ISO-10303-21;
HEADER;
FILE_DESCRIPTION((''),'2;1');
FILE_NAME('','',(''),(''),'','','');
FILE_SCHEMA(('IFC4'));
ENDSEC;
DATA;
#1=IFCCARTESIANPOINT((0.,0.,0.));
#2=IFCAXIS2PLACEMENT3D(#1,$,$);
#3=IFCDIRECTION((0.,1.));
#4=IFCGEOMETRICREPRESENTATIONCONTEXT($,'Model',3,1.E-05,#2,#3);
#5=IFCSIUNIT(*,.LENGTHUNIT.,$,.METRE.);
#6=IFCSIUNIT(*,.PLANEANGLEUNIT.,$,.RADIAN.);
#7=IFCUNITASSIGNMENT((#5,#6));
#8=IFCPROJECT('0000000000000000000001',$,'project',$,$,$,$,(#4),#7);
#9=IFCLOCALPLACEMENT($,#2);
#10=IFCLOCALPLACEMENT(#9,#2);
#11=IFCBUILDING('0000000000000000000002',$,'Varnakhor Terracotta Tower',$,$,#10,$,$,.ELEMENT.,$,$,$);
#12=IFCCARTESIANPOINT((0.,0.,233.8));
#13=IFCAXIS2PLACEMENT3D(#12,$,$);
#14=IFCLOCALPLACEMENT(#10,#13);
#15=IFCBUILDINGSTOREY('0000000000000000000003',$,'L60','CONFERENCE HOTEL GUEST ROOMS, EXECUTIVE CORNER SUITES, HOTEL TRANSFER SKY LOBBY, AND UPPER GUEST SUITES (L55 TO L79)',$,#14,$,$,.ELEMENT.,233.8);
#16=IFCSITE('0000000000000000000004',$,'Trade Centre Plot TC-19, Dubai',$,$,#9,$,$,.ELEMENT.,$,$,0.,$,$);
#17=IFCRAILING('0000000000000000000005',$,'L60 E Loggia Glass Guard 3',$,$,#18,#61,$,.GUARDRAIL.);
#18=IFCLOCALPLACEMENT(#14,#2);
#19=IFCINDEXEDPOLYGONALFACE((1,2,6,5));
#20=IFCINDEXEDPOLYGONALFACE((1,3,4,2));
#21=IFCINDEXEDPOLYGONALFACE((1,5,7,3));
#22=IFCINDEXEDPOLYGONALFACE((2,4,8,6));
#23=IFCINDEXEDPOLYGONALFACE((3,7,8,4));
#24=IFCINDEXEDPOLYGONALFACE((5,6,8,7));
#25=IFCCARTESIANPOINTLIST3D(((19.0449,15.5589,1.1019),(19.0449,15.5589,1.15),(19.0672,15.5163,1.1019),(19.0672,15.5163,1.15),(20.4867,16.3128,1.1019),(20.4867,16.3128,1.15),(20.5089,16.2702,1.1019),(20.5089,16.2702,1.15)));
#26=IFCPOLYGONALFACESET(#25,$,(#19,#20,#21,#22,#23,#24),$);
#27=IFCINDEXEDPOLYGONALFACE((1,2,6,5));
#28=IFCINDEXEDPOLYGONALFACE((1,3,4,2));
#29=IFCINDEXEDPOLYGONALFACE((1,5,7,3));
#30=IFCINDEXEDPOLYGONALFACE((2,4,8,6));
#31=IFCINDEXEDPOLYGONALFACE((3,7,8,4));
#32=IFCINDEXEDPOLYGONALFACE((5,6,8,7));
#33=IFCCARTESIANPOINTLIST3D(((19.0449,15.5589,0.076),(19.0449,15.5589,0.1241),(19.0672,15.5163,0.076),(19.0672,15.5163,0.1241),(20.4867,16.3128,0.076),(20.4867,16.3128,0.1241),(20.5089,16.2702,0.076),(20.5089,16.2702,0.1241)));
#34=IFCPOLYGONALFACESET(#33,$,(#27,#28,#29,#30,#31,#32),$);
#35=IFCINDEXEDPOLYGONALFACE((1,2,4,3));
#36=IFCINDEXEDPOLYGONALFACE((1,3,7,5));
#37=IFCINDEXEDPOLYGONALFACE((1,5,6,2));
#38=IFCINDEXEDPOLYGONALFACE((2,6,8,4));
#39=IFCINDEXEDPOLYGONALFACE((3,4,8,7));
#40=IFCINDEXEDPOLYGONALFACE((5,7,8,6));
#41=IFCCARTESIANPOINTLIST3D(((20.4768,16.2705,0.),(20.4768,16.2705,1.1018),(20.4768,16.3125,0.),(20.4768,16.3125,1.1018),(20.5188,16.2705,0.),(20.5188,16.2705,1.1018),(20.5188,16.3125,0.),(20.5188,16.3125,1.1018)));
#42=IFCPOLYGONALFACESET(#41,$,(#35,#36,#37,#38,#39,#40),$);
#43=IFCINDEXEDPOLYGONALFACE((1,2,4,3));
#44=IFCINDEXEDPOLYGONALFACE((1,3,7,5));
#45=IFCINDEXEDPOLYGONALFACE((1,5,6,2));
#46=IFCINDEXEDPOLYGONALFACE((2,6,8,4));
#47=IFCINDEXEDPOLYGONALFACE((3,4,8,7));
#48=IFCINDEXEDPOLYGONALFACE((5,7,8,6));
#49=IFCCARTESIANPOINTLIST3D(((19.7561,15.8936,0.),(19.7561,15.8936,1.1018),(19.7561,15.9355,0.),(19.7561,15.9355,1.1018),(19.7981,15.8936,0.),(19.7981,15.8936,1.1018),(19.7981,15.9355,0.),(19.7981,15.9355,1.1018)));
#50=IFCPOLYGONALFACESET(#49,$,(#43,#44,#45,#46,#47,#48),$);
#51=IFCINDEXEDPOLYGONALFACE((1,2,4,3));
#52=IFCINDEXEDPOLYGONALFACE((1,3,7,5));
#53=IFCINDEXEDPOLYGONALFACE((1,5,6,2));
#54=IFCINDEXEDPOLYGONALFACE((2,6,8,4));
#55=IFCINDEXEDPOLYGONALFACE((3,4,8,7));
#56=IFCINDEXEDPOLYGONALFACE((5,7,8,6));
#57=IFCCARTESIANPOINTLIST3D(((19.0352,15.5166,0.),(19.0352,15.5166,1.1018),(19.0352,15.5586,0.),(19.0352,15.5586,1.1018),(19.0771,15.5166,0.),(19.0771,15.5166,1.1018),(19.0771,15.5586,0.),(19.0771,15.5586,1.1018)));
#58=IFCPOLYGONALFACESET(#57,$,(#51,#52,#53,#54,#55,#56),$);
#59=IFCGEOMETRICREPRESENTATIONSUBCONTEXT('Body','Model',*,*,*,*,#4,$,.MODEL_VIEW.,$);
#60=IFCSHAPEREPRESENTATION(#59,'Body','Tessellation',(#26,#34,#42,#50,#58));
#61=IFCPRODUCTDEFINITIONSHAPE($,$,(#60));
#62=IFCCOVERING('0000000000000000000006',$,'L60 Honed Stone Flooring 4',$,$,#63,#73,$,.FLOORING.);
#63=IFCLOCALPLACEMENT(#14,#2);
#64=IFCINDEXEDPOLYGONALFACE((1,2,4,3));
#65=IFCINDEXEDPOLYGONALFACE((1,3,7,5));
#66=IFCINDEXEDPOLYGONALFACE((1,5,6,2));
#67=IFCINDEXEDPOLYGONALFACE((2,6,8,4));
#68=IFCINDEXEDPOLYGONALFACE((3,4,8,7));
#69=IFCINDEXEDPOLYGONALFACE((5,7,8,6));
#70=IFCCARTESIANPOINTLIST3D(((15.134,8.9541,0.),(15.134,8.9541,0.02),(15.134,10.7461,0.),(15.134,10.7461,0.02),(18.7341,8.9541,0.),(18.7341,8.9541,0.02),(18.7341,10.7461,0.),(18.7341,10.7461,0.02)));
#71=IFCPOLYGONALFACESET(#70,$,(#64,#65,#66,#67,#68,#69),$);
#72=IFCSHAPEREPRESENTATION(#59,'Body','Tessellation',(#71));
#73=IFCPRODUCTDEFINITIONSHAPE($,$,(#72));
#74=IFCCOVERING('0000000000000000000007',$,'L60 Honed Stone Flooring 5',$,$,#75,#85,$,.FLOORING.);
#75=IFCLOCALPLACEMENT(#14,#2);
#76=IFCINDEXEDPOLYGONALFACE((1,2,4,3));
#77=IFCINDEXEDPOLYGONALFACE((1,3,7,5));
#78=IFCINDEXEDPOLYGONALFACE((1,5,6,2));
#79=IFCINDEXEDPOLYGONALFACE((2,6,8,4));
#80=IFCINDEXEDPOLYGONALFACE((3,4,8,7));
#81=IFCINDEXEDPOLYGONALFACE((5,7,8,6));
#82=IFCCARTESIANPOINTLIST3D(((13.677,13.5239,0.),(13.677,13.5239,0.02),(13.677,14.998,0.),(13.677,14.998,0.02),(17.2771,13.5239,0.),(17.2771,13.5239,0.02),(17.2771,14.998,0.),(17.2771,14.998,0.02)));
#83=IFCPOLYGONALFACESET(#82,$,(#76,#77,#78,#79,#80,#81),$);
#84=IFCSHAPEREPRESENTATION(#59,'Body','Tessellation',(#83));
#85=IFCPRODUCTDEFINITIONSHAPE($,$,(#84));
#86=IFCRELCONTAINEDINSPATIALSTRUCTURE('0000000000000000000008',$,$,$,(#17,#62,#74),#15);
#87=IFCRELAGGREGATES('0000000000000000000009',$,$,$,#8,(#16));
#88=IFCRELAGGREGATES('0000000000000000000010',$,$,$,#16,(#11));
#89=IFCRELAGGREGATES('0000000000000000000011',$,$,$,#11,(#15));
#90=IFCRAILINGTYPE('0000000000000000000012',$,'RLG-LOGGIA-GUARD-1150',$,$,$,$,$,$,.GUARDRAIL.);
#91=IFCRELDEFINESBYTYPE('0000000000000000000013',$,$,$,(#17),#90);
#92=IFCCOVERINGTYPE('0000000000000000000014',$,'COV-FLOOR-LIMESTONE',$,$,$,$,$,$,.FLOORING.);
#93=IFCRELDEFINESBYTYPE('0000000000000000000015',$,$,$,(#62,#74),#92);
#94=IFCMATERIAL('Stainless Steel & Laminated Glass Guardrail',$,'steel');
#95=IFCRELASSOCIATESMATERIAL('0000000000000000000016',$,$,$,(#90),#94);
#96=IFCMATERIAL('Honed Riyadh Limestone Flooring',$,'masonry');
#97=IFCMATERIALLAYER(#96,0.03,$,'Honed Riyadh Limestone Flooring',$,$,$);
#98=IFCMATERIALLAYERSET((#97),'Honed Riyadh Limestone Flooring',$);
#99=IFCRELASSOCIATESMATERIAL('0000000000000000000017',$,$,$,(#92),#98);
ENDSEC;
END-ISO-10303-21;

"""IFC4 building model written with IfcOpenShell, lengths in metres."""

from ifc_helpers import new_model, si_unit, direction, frame, origin, origin_2d, place, context, subcontext, project, spatial, rectangle, extrude, source, transform, mapped, material, layer, layer_set, type_object, element, save


model = new_model("IFC4")

# Units and contexts
model_context = context("Model", 3, precision=1e-05, world=origin(), true_north=direction((0.0, 1.0)))
body_context = subcontext(model_context, "Body", "Model", "MODEL_VIEW")
ifc_project = project(units=[si_unit("LENGTHUNIT", "METRE"), si_unit("PLANEANGLEUNIT", "RADIAN")], contexts=[model_context])

# Site, building, storey
site_placement = place(None, origin())
site = spatial("IfcSite", under=ifc_project, at=site_placement, Name="Trade Centre Plot TC-19, Dubai", CompositionType="ELEMENT", RefElevation=0.0)
building_placement = place(site_placement, origin())
building = spatial("IfcBuilding", under=site, at=building_placement, Name="Varnakhor Terracotta Tower", CompositionType="ELEMENT")
storey_placement = place(building_placement, frame((0.0, 0.0, 233.8)))
storey = spatial("IfcBuildingStorey", under=building, at=storey_placement, Name="L60", Description="CONFERENCE HOTEL GUEST ROOMS, EXECUTIVE CORNER SUITES, HOTEL TRANSFER SKY LOBBY, AND UPPER GUEST SUITES (L55 TO L79)", CompositionType="ELEMENT", Elevation=233.8)

# Railing
ifc_material_1 = material(Name="Stainless Steel & Laminated Glass Guardrail", Category="steel")
railing_type = type_object("IfcRailingType", Name="RLG-LOGGIA-GUARD-1150", PredefinedType="GUARDRAIL", material=ifc_material_1)
railing_placement = place(storey_placement, frame((20.4978, 16.2915, 0.0)))
element("IfcRailing", 1, at=railing_placement, inside=storey, type_object=railing_type, Name="L60 E Loggia Glass Guard 3", PredefinedType="GUARDRAIL", context=body_context, shape_type="SweptSolid", body=[
    extrude(rectangle(XDim=0.0481, YDim=0.0481, at=origin_2d()), frame((0.0, 0.0, 1.126), z_axis=(-0.886146, -0.463407, 0.0), x_axis=(0.463407, -0.886146, 0.0)), (0.0, 0.0, 1.0), 1.627),
    extrude(rectangle(XDim=0.0481, YDim=0.0481, at=origin_2d()), frame((0.0, 0.0, 0.1001), z_axis=(-0.886146, -0.463407, 0.0), x_axis=(0.463407, -0.886146, 0.0)), (0.0, 0.0, 1.0), 1.627),
    extrude(rectangle(XDim=0.042, YDim=0.042, at=origin_2d()), origin(), (0.0, 0.0, 1.0), 1.1018),
    extrude(rectangle(XDim=0.042, YDim=0.042, at=origin_2d()), frame((-0.7207, -0.377, 0.0)), (0.0, 0.0, 1.0), 1.1018),
    extrude(rectangle(XDim=0.042, YDim=0.042, at=origin_2d()), frame((-1.4417, -0.7539, 0.0)), (0.0, 0.0, 1.0), 1.1018),
])

# Coverings
ifc_material_2 = material(Name="Honed Riyadh Limestone Flooring", Category="masonry")
ifc_layer_1 = layer(ifc_material_2, 0.03, Name="Honed Riyadh Limestone Flooring")
ifc_layer_set_1 = layer_set([ifc_layer_1], Name="Honed Riyadh Limestone Flooring")
covering_type = type_object("IfcCoveringType", Name="COV-FLOOR-LIMESTONE", PredefinedType="FLOORING", material=ifc_layer_set_1)
shared_shape_1 = source(origin(), body_context, "Body", "SweptSolid", [
    extrude(rectangle(XDim=3.6001, YDim=1.792, at=origin_2d()), origin(), (0.0, 0.0, 1.0), 0.02),
])
covering_1_placement = place(storey_placement, frame((16.9341, 9.8501, 0.0), z_axis=(0.0, 0.0, 1.0), x_axis=(1.0, 0.0, 0.0)))
element("IfcCovering", 2, at=covering_1_placement, inside=storey, type_object=covering_type, Name="L60 Honed Stone Flooring 4", PredefinedType="FLOORING", context=body_context, shape_type="MappedRepresentation", body=[
    mapped(shared_shape_1, transform((0.0, 0.0, 0.0), scale=1.0)),
])
shared_shape_2 = source(origin(), body_context, "Body", "SweptSolid", [
    extrude(rectangle(XDim=3.6001, YDim=1.4741, at=origin_2d()), origin(), (0.0, 0.0, 1.0), 0.02),
])
covering_2_placement = place(storey_placement, frame((15.4771, 14.261, 0.0), z_axis=(0.0, 0.0, 1.0), x_axis=(1.0, 0.0, 0.0)))
element("IfcCovering", 3, at=covering_2_placement, inside=storey, type_object=covering_type, Name="L60 Honed Stone Flooring 5", PredefinedType="FLOORING", context=body_context, shape_type="MappedRepresentation", body=[
    mapped(shared_shape_2, transform((0.0, 0.0, 0.0), scale=1.0)),
])

save(model, "model.ifc")
